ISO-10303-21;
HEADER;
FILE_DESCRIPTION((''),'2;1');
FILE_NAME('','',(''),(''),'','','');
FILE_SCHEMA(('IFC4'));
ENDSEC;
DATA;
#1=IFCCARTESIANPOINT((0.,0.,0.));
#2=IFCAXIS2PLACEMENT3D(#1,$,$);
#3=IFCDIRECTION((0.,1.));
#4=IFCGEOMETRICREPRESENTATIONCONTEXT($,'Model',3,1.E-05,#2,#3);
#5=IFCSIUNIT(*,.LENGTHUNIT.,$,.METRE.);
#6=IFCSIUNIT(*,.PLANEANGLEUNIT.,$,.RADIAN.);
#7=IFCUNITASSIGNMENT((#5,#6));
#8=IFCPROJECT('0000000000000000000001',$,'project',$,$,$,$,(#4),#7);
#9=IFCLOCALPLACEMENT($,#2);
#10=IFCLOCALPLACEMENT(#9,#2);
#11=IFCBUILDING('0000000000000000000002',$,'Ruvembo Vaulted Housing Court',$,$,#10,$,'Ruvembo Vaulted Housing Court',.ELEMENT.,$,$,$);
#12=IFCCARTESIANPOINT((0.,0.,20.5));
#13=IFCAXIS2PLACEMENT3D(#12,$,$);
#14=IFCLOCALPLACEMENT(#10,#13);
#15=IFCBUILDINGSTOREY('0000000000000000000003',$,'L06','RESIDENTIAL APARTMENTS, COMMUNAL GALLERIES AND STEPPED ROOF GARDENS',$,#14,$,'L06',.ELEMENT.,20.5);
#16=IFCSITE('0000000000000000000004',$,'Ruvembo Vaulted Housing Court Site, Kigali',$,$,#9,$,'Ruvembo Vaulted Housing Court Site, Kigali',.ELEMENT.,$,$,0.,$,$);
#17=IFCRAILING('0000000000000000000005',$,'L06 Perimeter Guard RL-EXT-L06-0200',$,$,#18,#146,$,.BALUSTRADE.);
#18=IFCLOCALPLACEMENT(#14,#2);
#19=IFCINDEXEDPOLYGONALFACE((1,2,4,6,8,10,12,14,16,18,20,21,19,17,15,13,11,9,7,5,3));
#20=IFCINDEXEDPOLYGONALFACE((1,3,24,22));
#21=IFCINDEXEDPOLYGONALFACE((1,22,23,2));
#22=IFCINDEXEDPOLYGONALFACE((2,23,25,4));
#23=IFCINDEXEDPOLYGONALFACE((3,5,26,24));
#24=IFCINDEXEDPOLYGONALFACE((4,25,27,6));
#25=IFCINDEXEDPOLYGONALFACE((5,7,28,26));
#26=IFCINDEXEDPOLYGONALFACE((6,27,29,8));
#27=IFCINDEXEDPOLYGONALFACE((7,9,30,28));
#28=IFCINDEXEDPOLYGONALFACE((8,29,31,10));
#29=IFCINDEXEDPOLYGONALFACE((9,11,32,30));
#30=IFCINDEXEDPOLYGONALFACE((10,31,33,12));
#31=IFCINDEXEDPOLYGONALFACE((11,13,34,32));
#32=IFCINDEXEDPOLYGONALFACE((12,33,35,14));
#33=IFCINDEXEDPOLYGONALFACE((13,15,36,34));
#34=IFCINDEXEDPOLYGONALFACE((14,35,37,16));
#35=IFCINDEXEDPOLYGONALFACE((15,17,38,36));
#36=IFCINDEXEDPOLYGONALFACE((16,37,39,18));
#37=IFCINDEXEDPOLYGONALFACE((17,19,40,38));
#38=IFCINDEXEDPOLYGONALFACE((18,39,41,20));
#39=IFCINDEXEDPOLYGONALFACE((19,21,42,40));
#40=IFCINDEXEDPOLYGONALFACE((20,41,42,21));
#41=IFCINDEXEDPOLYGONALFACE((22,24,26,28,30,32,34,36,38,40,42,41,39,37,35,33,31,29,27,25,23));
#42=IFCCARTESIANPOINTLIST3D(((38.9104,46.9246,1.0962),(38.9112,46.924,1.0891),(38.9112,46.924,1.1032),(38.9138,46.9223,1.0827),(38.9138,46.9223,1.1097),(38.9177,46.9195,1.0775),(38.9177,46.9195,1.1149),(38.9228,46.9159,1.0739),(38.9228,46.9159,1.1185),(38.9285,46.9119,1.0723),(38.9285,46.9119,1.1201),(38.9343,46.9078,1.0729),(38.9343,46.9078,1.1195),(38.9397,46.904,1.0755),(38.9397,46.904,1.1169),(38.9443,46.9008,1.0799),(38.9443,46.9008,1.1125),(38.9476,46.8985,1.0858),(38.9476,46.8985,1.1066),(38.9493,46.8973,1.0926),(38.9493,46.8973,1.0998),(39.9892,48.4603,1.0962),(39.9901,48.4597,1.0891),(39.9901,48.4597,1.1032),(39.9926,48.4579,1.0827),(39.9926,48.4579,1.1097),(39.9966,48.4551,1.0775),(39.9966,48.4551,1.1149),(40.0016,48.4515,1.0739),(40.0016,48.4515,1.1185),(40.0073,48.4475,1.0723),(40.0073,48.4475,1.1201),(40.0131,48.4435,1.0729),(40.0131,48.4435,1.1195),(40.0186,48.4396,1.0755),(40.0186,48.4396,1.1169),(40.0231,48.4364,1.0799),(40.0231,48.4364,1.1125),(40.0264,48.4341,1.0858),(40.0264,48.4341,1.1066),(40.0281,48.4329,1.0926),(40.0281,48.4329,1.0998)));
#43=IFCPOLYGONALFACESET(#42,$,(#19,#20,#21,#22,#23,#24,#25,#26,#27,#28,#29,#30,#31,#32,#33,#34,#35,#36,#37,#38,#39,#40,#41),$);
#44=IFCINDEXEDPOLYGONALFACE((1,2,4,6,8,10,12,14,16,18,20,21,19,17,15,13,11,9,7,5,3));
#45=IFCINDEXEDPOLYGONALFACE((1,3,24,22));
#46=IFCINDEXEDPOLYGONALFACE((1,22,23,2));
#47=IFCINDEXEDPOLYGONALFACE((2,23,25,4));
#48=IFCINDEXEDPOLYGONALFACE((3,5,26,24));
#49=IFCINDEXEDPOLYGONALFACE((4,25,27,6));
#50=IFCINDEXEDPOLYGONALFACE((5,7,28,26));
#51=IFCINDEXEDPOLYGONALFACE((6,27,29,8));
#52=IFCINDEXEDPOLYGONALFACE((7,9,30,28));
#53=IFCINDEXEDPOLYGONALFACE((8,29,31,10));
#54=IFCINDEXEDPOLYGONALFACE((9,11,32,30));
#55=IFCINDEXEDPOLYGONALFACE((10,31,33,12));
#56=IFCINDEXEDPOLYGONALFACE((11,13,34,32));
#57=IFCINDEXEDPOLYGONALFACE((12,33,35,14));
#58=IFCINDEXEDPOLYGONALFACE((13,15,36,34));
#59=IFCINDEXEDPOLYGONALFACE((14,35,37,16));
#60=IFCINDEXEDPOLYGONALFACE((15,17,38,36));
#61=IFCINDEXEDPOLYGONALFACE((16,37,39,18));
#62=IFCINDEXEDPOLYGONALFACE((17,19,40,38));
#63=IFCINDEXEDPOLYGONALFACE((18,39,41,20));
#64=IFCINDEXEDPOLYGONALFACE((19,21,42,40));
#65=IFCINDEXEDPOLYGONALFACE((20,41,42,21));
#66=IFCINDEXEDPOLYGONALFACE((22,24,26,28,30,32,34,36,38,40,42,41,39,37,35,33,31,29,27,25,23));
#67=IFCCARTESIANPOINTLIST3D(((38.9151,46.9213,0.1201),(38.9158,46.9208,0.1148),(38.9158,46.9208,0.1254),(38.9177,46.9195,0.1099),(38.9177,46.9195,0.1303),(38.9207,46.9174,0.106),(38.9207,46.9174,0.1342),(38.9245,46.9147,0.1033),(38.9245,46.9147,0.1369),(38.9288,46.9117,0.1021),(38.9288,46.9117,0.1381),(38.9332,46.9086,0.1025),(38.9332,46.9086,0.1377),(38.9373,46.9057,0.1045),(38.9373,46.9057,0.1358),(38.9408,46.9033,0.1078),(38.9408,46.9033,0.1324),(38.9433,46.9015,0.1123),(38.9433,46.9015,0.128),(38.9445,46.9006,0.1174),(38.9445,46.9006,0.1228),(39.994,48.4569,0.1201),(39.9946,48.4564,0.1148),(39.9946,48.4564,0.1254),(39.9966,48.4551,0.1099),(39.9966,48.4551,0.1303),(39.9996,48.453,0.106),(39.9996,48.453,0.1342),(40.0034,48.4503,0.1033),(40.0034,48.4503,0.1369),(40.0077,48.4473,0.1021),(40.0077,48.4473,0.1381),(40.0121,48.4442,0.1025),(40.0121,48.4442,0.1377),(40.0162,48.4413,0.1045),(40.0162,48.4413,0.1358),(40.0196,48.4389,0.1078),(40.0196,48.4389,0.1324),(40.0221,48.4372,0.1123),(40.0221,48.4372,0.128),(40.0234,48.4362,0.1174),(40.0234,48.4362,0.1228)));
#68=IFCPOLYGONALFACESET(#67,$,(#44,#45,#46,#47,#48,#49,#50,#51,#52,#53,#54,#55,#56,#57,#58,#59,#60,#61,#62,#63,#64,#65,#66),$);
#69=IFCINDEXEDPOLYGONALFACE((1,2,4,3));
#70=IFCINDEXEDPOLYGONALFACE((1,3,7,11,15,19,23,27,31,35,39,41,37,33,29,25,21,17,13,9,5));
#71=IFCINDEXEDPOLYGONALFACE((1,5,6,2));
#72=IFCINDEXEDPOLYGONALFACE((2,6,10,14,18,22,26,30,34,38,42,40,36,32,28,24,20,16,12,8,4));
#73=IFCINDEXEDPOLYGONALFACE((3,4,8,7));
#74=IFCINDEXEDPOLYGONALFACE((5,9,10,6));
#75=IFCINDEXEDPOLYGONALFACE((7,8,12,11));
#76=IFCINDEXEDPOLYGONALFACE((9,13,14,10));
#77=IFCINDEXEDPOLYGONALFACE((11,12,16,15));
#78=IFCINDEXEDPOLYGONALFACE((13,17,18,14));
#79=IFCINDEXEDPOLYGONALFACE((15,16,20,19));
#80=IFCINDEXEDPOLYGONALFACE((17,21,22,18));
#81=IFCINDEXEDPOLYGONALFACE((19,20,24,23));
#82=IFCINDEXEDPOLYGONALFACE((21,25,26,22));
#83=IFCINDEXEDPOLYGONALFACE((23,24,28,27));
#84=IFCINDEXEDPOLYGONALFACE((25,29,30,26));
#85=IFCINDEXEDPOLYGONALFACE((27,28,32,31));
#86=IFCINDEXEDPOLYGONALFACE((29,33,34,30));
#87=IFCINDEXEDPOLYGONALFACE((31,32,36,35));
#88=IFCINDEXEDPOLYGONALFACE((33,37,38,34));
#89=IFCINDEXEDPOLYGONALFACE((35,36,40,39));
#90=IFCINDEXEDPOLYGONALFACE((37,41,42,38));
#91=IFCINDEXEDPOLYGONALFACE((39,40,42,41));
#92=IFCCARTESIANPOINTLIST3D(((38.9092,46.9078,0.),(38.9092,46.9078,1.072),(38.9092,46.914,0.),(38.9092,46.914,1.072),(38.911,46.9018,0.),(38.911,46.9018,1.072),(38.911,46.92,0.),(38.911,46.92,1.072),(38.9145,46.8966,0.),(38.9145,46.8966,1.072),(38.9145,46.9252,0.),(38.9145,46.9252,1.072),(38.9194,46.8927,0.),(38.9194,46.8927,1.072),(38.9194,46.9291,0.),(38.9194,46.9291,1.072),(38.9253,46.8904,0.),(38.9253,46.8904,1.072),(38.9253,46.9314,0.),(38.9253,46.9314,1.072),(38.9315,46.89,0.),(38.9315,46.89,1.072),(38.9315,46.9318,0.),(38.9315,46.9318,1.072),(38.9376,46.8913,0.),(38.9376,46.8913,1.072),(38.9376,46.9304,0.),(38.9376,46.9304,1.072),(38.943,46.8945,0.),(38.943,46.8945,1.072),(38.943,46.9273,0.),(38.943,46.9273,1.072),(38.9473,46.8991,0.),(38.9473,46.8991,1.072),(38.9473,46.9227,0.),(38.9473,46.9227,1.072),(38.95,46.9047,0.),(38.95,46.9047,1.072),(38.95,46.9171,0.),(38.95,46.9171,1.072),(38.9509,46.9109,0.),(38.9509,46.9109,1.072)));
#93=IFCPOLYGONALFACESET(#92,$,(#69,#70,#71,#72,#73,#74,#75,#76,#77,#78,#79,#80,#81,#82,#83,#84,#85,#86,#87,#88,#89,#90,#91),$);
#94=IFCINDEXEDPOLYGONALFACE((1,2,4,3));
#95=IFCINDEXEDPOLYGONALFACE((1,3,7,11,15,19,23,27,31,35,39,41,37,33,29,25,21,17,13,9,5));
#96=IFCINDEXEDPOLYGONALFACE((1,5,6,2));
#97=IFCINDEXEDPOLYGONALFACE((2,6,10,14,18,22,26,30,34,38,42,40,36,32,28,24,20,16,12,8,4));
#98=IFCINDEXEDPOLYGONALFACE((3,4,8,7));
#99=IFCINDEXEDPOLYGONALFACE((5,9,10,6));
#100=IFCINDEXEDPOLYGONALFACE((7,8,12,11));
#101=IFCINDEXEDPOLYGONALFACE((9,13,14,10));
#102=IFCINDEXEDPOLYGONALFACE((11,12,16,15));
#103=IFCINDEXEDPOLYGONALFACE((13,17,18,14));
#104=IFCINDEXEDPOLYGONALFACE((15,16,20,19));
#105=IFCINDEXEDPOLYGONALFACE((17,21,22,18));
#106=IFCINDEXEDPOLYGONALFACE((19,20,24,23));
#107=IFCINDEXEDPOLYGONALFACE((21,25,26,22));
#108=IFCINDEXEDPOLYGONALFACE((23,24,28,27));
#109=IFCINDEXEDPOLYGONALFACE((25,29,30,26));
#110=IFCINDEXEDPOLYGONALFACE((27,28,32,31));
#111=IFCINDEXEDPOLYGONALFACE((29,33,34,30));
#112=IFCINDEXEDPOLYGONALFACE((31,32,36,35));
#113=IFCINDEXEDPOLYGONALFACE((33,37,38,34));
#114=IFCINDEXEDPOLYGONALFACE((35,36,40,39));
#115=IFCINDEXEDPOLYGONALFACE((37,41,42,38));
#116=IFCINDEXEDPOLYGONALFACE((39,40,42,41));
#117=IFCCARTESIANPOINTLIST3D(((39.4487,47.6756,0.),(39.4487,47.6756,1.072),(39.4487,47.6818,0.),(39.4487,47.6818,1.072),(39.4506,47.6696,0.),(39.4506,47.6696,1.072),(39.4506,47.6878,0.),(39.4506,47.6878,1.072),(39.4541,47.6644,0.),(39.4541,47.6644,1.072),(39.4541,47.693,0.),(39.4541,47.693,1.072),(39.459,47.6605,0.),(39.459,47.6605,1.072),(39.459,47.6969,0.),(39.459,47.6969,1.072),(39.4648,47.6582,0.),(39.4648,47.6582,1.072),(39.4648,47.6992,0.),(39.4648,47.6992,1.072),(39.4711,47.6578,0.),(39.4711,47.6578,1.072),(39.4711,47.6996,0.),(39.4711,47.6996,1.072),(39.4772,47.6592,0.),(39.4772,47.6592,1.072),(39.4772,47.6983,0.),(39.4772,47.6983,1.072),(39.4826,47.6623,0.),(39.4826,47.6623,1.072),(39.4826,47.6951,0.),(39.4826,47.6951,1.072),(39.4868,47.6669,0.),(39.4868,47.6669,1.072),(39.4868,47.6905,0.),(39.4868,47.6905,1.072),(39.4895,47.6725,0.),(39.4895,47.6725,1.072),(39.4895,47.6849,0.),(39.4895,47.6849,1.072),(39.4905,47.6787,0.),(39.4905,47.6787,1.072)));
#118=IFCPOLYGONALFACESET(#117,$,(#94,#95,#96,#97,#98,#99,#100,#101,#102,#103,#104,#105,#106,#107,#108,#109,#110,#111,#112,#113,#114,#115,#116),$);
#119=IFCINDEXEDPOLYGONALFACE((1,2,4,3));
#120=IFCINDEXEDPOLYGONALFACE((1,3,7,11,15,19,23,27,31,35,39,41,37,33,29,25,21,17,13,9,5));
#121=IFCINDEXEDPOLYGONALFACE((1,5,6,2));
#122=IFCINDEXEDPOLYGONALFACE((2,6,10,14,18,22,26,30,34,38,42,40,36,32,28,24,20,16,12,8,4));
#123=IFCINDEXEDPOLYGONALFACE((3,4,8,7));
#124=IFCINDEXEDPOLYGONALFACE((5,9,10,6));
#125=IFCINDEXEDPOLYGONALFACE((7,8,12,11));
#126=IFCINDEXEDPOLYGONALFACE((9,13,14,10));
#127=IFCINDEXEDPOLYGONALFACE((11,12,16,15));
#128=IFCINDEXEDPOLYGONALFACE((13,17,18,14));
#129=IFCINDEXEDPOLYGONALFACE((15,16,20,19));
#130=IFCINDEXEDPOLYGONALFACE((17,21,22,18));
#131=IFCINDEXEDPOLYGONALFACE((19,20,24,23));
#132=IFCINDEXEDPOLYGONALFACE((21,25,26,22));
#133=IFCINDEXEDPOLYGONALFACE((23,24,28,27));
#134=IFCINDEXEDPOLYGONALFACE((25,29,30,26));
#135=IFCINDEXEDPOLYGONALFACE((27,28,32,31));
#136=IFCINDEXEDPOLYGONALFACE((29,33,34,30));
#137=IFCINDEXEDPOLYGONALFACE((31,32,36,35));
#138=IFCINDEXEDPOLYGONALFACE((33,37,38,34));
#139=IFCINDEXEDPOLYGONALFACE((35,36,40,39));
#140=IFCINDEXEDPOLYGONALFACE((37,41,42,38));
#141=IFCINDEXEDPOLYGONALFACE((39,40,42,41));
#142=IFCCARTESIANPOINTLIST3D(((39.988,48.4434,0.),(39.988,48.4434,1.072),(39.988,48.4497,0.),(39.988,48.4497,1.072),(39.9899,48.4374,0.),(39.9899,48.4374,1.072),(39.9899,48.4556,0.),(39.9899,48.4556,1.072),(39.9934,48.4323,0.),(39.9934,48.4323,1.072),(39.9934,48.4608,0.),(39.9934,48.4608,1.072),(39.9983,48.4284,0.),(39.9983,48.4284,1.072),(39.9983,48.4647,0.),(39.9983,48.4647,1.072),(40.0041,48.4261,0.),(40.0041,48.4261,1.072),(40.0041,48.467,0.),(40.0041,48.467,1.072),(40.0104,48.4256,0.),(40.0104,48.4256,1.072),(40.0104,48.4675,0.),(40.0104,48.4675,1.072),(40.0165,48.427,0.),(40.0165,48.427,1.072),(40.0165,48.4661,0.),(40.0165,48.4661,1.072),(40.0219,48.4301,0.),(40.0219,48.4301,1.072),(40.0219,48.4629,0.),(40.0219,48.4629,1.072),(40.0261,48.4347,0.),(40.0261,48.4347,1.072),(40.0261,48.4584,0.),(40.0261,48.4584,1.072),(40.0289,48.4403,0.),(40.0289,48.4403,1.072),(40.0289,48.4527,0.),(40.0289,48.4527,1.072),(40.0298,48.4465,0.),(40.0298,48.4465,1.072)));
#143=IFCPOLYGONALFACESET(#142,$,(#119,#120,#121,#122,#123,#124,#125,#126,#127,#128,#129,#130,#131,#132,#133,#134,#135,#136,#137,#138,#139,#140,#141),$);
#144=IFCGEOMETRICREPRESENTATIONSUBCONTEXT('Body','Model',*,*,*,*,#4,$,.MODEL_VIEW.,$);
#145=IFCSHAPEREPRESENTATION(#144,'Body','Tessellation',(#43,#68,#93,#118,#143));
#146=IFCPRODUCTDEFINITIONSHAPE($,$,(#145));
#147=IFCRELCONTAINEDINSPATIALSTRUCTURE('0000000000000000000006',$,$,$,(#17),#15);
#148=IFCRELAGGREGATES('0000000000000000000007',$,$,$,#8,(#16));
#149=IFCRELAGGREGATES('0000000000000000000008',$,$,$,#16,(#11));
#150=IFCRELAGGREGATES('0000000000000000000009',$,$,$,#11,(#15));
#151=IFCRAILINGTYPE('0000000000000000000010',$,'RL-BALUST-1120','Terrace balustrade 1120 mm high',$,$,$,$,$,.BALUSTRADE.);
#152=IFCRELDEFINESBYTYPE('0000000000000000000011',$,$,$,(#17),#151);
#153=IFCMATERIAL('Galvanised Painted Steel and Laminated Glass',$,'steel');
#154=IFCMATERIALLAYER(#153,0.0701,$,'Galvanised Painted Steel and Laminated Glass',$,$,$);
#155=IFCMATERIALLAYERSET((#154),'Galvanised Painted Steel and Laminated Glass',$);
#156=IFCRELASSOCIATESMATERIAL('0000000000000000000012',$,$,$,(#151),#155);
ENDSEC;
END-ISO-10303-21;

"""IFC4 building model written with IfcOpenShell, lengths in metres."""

from ifc_helpers import new_model, si_unit, direction, frame, origin, origin_2d, place, context, subcontext, project, spatial, circle, extrude, material, layer, layer_set, type_object, element, save


model = new_model("IFC4")

# Units and contexts
model_context = context("Model", 3, precision=1e-05, world=origin(), true_north=direction((0.0, 1.0)))
body_context = subcontext(model_context, "Body", "Model", "MODEL_VIEW")
ifc_project = project(units=[si_unit("LENGTHUNIT", "METRE"), si_unit("PLANEANGLEUNIT", "RADIAN")], contexts=[model_context])

# Site, building, storey
site_placement = place(None, origin())
site = spatial("IfcSite", under=ifc_project, at=site_placement, Name="Ruvembo Vaulted Housing Court Site, Kigali", LongName="Ruvembo Vaulted Housing Court Site, Kigali", CompositionType="ELEMENT", RefElevation=0.0)
building_placement = place(site_placement, origin())
building = spatial("IfcBuilding", under=site, at=building_placement, Name="Ruvembo Vaulted Housing Court", LongName="Ruvembo Vaulted Housing Court", CompositionType="ELEMENT")
storey_placement = place(building_placement, frame((0.0, 0.0, 20.5)))
storey = spatial("IfcBuildingStorey", under=building, at=storey_placement, Name="L06", Description="RESIDENTIAL APARTMENTS, COMMUNAL GALLERIES AND STEPPED ROOF GARDENS", LongName="L06", CompositionType="ELEMENT", Elevation=20.5)

# Railing
ifc_material_1 = material(Name="Galvanised Painted Steel and Laminated Glass", Category="steel")
ifc_layer_1 = layer(ifc_material_1, 0.0701, Name="Galvanised Painted Steel and Laminated Glass")
ifc_layer_set_1 = layer_set([ifc_layer_1], Name="Galvanised Painted Steel and Laminated Glass")
railing_type = type_object("IfcRailingType", Name="RL-BALUST-1120", Description="Terrace balustrade 1120 mm high", PredefinedType="BALUSTRADE", material=ifc_layer_set_1)
railing_1_placement = place(storey_placement, frame((38.9299, 46.9109, 0.0)))
element("IfcRailing", 1, at=railing_1_placement, inside=storey, type_object=railing_type, Name="L06 Perimeter Guard RL-EXT-L06-0200", PredefinedType="BALUSTRADE", context=body_context, shape_type="SweptSolid", body=[
    extrude(circle(Radius=0.0239, at=origin_2d()), frame((0.0, 0.0, 1.0962), z_axis=(0.574858, 0.818253, 0.0), x_axis=(-0.818253, 0.574858, 0.0)), (0.0, 0.0, 1.0), 1.8767),
    extrude(circle(Radius=0.0181, at=origin_2d()), frame((0.0, 0.0, 0.1201), z_axis=(0.574858, 0.818253, 0.0), x_axis=(-0.818253, 0.574858, 0.0)), (0.0, 0.0, 1.0), 1.8767),
    extrude(circle(Radius=0.021, at=origin_2d()), origin(), (0.0, 0.0, 1.0), 1.072),
    extrude(circle(Radius=0.021, at=origin_2d()), frame((0.5396, 0.7678, 0.0)), (0.0, 0.0, 1.0), 1.072),
    extrude(circle(Radius=0.021, at=origin_2d()), frame((1.0789, 1.5356, 0.0)), (0.0, 0.0, 1.0), 1.072),
])

save(model, "model.ifc")
